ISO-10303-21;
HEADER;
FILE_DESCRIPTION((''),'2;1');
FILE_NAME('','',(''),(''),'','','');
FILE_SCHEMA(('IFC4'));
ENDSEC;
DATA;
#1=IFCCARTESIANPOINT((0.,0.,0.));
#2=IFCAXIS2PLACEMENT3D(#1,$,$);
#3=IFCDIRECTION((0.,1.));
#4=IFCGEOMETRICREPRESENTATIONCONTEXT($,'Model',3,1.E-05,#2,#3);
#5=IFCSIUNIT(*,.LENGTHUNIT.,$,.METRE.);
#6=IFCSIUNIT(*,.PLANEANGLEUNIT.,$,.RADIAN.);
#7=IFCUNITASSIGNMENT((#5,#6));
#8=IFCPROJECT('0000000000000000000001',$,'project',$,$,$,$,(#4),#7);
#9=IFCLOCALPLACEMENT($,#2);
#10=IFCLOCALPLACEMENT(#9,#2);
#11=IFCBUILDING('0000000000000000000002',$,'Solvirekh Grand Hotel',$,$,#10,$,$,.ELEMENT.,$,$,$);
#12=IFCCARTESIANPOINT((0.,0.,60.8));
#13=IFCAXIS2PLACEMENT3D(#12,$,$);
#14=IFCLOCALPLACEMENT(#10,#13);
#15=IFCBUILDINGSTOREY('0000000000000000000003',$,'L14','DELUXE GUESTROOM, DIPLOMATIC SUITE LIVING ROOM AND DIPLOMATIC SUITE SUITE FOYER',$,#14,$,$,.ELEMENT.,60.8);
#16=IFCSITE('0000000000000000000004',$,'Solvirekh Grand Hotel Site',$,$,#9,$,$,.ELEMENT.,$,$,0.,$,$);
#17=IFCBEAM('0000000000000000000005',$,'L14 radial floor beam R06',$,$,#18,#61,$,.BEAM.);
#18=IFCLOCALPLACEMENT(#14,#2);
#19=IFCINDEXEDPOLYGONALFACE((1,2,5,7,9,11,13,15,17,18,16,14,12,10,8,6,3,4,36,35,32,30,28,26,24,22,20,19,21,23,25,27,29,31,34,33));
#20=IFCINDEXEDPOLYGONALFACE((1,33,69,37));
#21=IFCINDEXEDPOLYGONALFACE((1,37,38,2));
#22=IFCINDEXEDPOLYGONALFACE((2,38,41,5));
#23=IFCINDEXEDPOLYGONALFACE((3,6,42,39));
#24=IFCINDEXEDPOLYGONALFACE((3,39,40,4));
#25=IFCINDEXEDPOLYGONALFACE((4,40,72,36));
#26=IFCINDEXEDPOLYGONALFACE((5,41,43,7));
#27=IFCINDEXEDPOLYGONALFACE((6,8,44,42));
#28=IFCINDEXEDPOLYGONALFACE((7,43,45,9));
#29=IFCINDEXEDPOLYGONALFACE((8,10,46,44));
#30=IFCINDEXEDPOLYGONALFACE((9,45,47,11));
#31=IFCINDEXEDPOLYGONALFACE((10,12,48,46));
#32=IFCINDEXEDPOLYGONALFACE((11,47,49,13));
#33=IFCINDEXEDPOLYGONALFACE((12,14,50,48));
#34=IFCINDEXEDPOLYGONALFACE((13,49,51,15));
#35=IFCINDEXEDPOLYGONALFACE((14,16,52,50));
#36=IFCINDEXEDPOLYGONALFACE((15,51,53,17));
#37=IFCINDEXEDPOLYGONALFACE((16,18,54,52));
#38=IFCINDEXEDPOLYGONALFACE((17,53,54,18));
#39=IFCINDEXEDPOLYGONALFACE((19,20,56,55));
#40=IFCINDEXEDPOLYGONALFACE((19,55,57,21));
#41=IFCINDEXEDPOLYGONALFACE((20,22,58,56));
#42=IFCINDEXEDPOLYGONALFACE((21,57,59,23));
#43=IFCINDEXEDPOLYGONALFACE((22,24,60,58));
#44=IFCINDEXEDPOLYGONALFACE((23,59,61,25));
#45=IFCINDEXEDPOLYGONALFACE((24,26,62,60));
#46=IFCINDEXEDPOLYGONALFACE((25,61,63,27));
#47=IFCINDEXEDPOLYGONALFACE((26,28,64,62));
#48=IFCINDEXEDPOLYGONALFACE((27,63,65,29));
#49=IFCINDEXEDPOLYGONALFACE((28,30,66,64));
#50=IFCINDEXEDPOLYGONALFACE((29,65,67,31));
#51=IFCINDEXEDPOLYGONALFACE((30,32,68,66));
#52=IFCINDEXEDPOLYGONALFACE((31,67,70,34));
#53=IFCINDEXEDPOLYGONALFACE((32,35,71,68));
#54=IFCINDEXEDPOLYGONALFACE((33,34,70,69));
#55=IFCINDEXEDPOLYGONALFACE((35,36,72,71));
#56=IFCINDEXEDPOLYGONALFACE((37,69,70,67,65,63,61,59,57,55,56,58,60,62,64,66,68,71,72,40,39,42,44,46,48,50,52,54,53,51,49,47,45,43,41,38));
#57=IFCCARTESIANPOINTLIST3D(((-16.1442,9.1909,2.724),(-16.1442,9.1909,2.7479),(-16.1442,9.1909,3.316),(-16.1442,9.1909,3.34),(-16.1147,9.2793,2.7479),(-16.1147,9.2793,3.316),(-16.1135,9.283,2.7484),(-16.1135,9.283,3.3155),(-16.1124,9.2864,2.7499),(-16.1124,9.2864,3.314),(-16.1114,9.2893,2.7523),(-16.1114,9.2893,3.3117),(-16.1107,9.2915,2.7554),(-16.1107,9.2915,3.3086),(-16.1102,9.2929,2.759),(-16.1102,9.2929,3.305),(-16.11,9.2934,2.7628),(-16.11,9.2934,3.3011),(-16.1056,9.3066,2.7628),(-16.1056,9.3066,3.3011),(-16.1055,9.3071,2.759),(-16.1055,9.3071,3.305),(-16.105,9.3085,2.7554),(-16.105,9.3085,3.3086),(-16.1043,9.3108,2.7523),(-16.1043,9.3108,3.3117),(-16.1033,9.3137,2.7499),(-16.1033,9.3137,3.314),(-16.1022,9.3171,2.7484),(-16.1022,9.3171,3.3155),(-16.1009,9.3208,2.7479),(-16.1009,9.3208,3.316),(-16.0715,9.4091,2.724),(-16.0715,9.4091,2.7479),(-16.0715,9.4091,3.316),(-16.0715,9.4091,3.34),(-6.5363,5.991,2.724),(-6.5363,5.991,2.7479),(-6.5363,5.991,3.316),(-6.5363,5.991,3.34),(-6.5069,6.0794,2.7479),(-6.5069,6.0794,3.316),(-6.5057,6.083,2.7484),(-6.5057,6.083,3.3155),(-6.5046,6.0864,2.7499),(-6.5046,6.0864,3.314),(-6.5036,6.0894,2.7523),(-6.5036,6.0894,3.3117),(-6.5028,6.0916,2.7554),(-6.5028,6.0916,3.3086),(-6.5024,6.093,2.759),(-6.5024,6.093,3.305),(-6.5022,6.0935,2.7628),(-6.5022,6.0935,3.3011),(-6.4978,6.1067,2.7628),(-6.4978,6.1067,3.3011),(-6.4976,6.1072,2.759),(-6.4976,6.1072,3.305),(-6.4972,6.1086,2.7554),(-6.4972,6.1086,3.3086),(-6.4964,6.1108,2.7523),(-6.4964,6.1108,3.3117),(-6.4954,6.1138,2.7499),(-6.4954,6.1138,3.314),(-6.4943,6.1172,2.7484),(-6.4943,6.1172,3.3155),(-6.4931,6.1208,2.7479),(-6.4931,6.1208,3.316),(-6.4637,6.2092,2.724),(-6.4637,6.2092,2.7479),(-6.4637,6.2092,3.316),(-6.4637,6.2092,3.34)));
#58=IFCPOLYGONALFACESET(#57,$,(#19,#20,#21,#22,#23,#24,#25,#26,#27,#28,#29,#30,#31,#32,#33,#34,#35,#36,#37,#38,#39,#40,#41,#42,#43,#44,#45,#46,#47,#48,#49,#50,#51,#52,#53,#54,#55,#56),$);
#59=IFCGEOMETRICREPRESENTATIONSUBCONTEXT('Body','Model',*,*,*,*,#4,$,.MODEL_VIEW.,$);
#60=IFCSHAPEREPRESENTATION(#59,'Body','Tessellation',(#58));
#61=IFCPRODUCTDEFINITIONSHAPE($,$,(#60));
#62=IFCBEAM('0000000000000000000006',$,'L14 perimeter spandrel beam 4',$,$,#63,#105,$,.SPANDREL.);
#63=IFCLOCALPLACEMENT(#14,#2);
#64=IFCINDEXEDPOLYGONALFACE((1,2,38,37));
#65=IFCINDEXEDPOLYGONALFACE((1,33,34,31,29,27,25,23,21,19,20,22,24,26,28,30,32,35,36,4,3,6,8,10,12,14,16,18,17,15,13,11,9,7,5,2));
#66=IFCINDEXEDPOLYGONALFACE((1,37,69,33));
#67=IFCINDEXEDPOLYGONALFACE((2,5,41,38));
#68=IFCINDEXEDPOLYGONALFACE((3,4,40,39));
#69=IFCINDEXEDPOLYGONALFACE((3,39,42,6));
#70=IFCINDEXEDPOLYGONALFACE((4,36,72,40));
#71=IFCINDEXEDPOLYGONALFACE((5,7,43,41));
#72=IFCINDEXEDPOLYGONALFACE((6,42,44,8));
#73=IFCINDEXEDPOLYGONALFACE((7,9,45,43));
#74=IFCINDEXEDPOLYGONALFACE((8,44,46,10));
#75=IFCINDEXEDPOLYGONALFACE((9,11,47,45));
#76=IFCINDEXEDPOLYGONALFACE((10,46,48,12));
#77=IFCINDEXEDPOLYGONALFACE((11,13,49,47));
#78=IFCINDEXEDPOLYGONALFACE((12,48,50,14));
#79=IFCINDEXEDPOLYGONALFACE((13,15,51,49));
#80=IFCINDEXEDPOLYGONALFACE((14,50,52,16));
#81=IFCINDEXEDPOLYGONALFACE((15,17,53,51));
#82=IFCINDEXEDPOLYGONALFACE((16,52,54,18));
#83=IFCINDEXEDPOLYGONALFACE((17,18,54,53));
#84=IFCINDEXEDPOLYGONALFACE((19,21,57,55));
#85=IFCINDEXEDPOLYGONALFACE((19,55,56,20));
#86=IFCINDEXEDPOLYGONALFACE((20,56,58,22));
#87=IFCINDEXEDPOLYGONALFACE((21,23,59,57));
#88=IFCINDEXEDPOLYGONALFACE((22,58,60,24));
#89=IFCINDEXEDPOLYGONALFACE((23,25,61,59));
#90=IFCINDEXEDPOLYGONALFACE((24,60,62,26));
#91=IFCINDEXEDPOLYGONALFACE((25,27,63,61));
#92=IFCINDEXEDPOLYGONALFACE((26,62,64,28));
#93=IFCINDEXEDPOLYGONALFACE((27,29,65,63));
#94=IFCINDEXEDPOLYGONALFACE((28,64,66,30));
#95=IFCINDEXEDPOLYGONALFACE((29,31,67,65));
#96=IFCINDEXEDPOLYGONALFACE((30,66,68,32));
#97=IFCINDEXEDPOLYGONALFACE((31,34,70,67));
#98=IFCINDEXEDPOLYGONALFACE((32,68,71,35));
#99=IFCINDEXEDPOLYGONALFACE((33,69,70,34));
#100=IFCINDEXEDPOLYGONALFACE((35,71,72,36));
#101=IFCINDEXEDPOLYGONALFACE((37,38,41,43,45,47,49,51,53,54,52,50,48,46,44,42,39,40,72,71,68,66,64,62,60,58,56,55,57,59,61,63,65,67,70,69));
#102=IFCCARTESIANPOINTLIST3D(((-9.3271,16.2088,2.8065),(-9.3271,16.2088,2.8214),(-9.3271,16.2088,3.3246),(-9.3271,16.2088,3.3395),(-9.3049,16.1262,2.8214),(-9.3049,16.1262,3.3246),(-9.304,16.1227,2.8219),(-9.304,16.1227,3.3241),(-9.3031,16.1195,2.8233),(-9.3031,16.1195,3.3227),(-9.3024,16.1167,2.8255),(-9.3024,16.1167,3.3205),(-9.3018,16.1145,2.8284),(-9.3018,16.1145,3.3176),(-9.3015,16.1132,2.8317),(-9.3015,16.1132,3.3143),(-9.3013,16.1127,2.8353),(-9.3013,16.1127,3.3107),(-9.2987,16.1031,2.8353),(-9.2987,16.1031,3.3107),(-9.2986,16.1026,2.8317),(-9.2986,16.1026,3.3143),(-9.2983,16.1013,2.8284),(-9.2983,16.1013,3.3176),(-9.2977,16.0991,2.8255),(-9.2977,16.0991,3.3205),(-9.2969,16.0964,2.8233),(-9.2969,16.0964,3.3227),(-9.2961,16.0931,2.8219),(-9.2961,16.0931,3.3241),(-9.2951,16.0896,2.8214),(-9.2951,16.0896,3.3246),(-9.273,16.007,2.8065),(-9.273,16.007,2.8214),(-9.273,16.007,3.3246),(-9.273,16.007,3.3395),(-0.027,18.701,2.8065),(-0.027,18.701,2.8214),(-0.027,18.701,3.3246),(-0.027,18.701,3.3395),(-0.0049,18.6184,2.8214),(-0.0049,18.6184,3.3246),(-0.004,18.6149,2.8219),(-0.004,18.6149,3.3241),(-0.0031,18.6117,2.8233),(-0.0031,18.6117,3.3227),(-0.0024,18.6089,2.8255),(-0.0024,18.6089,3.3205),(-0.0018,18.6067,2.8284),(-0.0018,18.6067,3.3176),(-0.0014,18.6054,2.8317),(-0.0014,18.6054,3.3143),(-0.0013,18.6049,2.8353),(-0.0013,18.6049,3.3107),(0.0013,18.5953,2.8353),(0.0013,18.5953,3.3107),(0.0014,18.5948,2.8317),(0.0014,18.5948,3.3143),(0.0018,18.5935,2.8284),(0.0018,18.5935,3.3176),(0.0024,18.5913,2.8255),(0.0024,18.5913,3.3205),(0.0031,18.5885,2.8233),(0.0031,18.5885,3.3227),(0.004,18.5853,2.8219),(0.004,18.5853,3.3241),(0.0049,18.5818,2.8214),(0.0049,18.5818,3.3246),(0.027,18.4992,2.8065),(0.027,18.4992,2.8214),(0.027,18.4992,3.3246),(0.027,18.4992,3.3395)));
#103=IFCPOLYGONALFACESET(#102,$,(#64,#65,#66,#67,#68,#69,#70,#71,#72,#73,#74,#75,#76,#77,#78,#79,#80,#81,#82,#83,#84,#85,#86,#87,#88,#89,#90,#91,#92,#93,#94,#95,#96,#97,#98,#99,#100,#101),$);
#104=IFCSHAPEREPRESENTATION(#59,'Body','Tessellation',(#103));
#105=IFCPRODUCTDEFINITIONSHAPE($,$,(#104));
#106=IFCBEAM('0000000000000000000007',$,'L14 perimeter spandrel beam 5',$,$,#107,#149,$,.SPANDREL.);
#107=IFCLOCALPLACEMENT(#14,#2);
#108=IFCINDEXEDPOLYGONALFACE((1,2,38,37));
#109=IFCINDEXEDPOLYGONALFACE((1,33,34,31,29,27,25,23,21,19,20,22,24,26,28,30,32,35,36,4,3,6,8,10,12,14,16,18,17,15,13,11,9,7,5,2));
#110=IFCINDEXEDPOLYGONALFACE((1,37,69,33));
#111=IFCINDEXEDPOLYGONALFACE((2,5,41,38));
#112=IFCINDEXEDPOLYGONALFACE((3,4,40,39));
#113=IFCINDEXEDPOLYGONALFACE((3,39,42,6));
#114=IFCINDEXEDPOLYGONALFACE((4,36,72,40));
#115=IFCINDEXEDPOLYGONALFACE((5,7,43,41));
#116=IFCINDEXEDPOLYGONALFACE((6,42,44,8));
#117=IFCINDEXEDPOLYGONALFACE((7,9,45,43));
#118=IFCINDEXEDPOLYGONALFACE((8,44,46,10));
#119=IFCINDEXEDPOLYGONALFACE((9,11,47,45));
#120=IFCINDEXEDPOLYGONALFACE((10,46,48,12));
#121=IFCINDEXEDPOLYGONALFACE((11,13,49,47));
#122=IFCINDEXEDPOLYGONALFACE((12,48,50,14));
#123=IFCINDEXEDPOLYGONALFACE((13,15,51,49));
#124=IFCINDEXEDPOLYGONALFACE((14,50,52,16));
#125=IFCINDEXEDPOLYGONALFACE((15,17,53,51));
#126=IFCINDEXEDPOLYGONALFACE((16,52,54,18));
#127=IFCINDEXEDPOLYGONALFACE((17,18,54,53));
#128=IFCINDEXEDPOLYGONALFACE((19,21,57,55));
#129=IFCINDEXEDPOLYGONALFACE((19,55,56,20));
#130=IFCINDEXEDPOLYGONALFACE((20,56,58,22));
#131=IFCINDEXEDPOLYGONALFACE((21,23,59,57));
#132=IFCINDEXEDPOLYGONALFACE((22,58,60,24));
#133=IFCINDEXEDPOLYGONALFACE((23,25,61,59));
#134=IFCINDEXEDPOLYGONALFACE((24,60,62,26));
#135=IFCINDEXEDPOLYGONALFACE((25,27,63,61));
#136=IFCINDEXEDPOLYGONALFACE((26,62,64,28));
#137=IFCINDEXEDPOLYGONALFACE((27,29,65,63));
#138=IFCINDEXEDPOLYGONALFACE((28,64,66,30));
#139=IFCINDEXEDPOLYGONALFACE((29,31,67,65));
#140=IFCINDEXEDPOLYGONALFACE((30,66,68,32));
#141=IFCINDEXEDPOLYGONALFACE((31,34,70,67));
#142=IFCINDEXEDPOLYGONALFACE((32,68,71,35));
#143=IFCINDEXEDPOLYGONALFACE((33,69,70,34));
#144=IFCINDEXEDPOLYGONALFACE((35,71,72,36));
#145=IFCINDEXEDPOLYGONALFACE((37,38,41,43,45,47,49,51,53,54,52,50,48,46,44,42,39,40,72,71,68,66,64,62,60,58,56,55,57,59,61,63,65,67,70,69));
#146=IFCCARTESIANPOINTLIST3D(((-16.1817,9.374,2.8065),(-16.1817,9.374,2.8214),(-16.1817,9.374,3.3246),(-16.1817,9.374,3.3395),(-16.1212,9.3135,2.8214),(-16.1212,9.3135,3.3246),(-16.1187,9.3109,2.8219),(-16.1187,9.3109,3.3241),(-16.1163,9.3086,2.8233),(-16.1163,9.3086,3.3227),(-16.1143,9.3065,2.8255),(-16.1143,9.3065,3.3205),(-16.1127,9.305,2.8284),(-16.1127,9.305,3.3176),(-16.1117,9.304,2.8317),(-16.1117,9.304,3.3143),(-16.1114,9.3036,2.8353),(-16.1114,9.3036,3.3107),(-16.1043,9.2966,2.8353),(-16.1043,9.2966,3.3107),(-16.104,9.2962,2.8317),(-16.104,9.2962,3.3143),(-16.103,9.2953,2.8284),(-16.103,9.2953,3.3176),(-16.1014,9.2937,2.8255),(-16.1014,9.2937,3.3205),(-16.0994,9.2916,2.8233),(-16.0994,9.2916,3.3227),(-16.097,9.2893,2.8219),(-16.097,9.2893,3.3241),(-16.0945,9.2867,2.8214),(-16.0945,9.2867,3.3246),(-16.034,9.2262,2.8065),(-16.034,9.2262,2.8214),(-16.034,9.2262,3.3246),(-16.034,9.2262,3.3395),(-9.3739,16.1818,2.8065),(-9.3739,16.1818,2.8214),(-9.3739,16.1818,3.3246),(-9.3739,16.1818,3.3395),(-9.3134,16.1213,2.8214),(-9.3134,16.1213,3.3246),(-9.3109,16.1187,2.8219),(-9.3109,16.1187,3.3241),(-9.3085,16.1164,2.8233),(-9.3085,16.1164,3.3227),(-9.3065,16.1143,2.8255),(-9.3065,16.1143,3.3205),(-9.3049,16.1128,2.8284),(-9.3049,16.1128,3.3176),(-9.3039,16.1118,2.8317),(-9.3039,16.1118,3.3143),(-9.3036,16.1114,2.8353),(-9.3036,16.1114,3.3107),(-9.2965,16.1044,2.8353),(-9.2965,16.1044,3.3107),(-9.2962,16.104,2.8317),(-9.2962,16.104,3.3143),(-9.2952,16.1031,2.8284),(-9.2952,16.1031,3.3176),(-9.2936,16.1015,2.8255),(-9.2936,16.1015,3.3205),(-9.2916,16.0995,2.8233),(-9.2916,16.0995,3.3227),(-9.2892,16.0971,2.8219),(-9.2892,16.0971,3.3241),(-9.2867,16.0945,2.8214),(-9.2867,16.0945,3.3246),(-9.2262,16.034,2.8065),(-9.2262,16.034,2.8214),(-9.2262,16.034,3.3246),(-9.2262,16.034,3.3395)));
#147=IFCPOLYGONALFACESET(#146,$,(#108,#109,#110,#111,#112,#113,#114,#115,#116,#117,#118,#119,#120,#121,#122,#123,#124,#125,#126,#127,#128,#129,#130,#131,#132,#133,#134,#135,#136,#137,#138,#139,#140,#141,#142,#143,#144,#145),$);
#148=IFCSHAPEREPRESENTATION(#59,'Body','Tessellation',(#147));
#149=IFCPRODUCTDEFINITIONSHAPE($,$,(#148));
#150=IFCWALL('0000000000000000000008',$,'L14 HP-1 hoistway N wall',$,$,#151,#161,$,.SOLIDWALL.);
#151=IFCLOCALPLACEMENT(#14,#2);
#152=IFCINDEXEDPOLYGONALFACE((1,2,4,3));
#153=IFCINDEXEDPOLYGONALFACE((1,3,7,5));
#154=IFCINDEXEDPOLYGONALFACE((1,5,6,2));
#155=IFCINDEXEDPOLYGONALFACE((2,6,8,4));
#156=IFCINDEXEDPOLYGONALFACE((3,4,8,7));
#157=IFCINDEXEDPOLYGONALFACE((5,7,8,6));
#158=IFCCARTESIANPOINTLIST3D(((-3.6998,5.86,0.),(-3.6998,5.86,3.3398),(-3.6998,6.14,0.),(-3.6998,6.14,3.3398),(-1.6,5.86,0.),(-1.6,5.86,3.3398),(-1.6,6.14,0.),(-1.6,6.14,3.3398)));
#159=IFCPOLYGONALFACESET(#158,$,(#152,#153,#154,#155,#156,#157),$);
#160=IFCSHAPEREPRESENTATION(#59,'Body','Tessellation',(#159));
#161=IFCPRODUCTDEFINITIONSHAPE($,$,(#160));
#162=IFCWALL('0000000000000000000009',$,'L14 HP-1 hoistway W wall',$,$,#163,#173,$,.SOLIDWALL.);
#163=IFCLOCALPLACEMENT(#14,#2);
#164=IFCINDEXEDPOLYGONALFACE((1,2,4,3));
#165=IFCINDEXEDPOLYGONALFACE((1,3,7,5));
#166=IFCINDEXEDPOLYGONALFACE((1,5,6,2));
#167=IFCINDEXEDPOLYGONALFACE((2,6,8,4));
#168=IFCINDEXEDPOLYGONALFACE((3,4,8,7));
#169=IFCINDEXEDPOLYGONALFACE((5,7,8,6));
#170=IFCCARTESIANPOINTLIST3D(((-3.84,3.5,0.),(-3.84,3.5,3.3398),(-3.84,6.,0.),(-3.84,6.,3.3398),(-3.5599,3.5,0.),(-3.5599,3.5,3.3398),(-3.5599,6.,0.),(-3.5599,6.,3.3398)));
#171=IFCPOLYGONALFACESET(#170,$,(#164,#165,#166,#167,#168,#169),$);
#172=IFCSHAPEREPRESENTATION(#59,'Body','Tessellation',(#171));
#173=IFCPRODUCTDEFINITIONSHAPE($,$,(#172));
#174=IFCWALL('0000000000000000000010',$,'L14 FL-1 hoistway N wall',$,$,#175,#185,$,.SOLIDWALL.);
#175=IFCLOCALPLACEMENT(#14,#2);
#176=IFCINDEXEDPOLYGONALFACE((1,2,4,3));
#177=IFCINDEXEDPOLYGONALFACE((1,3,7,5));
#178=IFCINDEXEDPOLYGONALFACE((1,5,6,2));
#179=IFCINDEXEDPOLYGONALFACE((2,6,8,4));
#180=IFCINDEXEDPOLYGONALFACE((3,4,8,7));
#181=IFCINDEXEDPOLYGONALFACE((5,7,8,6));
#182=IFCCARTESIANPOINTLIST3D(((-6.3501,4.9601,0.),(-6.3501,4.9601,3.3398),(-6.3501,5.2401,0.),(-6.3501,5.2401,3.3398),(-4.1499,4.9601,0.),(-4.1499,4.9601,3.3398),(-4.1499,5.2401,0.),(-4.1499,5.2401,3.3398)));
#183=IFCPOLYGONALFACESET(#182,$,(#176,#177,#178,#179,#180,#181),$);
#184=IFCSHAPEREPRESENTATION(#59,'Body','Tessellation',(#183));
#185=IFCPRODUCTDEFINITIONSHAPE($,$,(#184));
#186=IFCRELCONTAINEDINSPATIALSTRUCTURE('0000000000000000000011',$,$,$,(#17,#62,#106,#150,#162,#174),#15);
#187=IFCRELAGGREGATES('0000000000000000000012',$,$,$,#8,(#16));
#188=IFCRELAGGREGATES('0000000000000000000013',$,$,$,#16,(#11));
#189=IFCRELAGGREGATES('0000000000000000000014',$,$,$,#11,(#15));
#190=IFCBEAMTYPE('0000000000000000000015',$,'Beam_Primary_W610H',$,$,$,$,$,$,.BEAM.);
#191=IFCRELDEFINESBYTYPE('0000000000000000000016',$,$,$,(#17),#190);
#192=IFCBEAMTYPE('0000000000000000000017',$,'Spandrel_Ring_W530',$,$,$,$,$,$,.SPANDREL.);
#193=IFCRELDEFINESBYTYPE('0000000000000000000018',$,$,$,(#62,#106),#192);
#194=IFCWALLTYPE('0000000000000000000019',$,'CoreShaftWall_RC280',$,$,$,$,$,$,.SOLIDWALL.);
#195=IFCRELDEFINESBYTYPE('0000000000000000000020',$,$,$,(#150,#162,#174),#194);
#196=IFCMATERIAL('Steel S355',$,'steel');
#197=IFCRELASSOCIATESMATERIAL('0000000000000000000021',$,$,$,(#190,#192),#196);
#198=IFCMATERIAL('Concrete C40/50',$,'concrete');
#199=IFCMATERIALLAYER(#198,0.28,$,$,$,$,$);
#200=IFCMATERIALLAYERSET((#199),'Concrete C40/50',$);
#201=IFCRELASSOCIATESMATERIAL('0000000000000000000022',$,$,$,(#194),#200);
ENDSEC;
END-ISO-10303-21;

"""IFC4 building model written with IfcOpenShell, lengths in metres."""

from ifc_helpers import new_model, si_unit, direction, frame, frame_2d, origin, origin_2d, place, context, subcontext, project, spatial, rectangle, i_section, extrude, material, layer, layer_set, material_profile, profile_set, type_object, element, save


model = new_model("IFC4")

# Units and contexts
model_context = context("Model", 3, precision=1e-05, world=origin(), true_north=direction((0.0, 1.0)))
body_context = subcontext(model_context, "Body", "Model", "MODEL_VIEW")
ifc_project = project(units=[si_unit("LENGTHUNIT", "METRE"), si_unit("PLANEANGLEUNIT", "RADIAN")], contexts=[model_context])

# Site, building, storey
site_placement = place(None, origin())
site = spatial("IfcSite", under=ifc_project, at=site_placement, Name="Solvirekh Grand Hotel Site", CompositionType="ELEMENT", RefElevation=0.0)
building_placement = place(site_placement, origin())
building = spatial("IfcBuilding", under=site, at=building_placement, Name="Solvirekh Grand Hotel", CompositionType="ELEMENT")
storey_placement = place(building_placement, frame((0.0, 0.0, 60.8)))
storey = spatial("IfcBuildingStorey", under=building, at=storey_placement, Name="L14", Description="DELUXE GUESTROOM, DIPLOMATIC SUITE LIVING ROOM AND DIPLOMATIC SUITE SUITE FOYER", CompositionType="ELEMENT", Elevation=60.8)

# Beams
ifc_material_1 = material(Name="Steel S355", Category="steel")
ifc_material_profile_1 = material_profile(ifc_material_1, i_section(OverallWidth=0.23, OverallDepth=0.616, WebThickness=0.0139, FlangeThickness=0.0239, FilletRadius=0.0149, at=origin_2d()), Name="W610X174")
ifc_profile_set_1 = profile_set([ifc_material_profile_1], Name="Steel S355")
beam_type_1 = type_object("IfcBeamType", Name="Beam_Primary_W610H", PredefinedType="BEAM", material=ifc_profile_set_1)
beam_1_placement = place(storey_placement, frame((-6.5, 6.1001, 3.032), z_axis=(-0.948763, 0.315989, 0.0), x_axis=(-0.315989, -0.948763, 0.0)))
element("IfcBeam", 1, at=beam_1_placement, inside=storey, type_object=beam_type_1, Name="L14 radial floor beam R06", PredefinedType="BEAM", context=body_context, shape_type="SweptSolid", body=[
    extrude(i_section(OverallWidth=0.23, OverallDepth=0.616, WebThickness=0.0139, FlangeThickness=0.0239, FilletRadius=0.0149, at=origin_2d()), origin(), (0.0, 0.0, 1.0), 10.1267),
])
ifc_material_profile_2 = material_profile(ifc_material_1, i_section(OverallWidth=0.209, OverallDepth=0.533, WebThickness=0.01, FlangeThickness=0.0149, FilletRadius=0.0139, at=origin_2d()), Name="W530X92")
ifc_profile_set_2 = profile_set([ifc_material_profile_2], Name="Steel S355")
beam_type_2 = type_object("IfcBeamType", Name="Spandrel_Ring_W530", PredefinedType="SPANDREL", material=ifc_profile_set_2)
beam_2_placement = place(storey_placement, frame((0.0, 18.6001, 3.073), z_axis=(-0.965919, -0.258843, 0.0), x_axis=(0.258843, -0.965919, 0.0)))
element("IfcBeam", 2, at=beam_2_placement, inside=storey, type_object=beam_type_2, Name="L14 perimeter spandrel beam 4", PredefinedType="SPANDREL", context=body_context, shape_type="SweptSolid", body=[
    extrude(i_section(OverallWidth=0.209, OverallDepth=0.533, WebThickness=0.01, FlangeThickness=0.0149, FilletRadius=0.0139, at=origin_2d()), origin(), (0.0, 0.0, 1.0), 9.6282),
])
beam_3_placement = place(storey_placement, frame((-9.3, 16.1079, 3.073), z_axis=(-0.707107, -0.707107, 0.0), x_axis=(0.707107, -0.707107, 0.0)))
element("IfcBeam", 3, at=beam_3_placement, inside=storey, type_object=beam_type_2, Name="L14 perimeter spandrel beam 5", PredefinedType="SPANDREL", context=body_context, shape_type="SweptSolid", body=[
    extrude(i_section(OverallWidth=0.209, OverallDepth=0.533, WebThickness=0.01, FlangeThickness=0.0149, FilletRadius=0.0139, at=origin_2d()), origin(), (0.0, 0.0, 1.0), 9.6277),
])

# Walls
ifc_material_2 = material(Name="Concrete C40/50", Category="concrete")
ifc_layer_1 = layer(ifc_material_2, 0.28)
ifc_layer_set_1 = layer_set([ifc_layer_1], Name="Concrete C40/50")
wall_type_1 = type_object("IfcWallType", Name="CoreShaftWall_RC280", PredefinedType="SOLIDWALL", material=ifc_layer_set_1)
wall_1_placement = place(storey_placement, frame((-1.6001, 6.0, 0.0), z_axis=(0.0, 0.0, 1.0), x_axis=(-1.0, 0.0, 0.0)))
element("IfcWall", 4, at=wall_1_placement, inside=storey, type_object=wall_type_1, Name="L14 HP-1 hoistway N wall", PredefinedType="SOLIDWALL", context=body_context, shape_type="SweptSolid", body=[
    extrude(rectangle(XDim=2.0999, YDim=0.28, at=frame_2d((1.0498, 0.0))), origin(), (0.0, 0.0, 1.0), 3.3398),
])
wall_2_placement = place(storey_placement, frame((-3.7, 6.0, 0.0), z_axis=(0.0, 0.0, 1.0), x_axis=(0.0, -1.0, 0.0)))
element("IfcWall", 5, at=wall_2_placement, inside=storey, type_object=wall_type_1, Name="L14 HP-1 hoistway W wall", PredefinedType="SOLIDWALL", context=body_context, shape_type="SweptSolid", body=[
    extrude(rectangle(XDim=2.5, YDim=0.28, at=frame_2d((1.25, 0.0))), origin(), (0.0, 0.0, 1.0), 3.3398),
])
wall_3_placement = place(storey_placement, frame((-4.1499, 5.1001, 0.0), z_axis=(0.0, 0.0, 1.0), x_axis=(-1.0, 0.0, 0.0)))
element("IfcWall", 6, at=wall_3_placement, inside=storey, type_object=wall_type_1, Name="L14 FL-1 hoistway N wall", PredefinedType="SOLIDWALL", context=body_context, shape_type="SweptSolid", body=[
    extrude(rectangle(XDim=2.2002, YDim=0.28, at=frame_2d((1.1001, 0.0))), origin(), (0.0, 0.0, 1.0), 3.3398),
])

save(model, "model.ifc")
